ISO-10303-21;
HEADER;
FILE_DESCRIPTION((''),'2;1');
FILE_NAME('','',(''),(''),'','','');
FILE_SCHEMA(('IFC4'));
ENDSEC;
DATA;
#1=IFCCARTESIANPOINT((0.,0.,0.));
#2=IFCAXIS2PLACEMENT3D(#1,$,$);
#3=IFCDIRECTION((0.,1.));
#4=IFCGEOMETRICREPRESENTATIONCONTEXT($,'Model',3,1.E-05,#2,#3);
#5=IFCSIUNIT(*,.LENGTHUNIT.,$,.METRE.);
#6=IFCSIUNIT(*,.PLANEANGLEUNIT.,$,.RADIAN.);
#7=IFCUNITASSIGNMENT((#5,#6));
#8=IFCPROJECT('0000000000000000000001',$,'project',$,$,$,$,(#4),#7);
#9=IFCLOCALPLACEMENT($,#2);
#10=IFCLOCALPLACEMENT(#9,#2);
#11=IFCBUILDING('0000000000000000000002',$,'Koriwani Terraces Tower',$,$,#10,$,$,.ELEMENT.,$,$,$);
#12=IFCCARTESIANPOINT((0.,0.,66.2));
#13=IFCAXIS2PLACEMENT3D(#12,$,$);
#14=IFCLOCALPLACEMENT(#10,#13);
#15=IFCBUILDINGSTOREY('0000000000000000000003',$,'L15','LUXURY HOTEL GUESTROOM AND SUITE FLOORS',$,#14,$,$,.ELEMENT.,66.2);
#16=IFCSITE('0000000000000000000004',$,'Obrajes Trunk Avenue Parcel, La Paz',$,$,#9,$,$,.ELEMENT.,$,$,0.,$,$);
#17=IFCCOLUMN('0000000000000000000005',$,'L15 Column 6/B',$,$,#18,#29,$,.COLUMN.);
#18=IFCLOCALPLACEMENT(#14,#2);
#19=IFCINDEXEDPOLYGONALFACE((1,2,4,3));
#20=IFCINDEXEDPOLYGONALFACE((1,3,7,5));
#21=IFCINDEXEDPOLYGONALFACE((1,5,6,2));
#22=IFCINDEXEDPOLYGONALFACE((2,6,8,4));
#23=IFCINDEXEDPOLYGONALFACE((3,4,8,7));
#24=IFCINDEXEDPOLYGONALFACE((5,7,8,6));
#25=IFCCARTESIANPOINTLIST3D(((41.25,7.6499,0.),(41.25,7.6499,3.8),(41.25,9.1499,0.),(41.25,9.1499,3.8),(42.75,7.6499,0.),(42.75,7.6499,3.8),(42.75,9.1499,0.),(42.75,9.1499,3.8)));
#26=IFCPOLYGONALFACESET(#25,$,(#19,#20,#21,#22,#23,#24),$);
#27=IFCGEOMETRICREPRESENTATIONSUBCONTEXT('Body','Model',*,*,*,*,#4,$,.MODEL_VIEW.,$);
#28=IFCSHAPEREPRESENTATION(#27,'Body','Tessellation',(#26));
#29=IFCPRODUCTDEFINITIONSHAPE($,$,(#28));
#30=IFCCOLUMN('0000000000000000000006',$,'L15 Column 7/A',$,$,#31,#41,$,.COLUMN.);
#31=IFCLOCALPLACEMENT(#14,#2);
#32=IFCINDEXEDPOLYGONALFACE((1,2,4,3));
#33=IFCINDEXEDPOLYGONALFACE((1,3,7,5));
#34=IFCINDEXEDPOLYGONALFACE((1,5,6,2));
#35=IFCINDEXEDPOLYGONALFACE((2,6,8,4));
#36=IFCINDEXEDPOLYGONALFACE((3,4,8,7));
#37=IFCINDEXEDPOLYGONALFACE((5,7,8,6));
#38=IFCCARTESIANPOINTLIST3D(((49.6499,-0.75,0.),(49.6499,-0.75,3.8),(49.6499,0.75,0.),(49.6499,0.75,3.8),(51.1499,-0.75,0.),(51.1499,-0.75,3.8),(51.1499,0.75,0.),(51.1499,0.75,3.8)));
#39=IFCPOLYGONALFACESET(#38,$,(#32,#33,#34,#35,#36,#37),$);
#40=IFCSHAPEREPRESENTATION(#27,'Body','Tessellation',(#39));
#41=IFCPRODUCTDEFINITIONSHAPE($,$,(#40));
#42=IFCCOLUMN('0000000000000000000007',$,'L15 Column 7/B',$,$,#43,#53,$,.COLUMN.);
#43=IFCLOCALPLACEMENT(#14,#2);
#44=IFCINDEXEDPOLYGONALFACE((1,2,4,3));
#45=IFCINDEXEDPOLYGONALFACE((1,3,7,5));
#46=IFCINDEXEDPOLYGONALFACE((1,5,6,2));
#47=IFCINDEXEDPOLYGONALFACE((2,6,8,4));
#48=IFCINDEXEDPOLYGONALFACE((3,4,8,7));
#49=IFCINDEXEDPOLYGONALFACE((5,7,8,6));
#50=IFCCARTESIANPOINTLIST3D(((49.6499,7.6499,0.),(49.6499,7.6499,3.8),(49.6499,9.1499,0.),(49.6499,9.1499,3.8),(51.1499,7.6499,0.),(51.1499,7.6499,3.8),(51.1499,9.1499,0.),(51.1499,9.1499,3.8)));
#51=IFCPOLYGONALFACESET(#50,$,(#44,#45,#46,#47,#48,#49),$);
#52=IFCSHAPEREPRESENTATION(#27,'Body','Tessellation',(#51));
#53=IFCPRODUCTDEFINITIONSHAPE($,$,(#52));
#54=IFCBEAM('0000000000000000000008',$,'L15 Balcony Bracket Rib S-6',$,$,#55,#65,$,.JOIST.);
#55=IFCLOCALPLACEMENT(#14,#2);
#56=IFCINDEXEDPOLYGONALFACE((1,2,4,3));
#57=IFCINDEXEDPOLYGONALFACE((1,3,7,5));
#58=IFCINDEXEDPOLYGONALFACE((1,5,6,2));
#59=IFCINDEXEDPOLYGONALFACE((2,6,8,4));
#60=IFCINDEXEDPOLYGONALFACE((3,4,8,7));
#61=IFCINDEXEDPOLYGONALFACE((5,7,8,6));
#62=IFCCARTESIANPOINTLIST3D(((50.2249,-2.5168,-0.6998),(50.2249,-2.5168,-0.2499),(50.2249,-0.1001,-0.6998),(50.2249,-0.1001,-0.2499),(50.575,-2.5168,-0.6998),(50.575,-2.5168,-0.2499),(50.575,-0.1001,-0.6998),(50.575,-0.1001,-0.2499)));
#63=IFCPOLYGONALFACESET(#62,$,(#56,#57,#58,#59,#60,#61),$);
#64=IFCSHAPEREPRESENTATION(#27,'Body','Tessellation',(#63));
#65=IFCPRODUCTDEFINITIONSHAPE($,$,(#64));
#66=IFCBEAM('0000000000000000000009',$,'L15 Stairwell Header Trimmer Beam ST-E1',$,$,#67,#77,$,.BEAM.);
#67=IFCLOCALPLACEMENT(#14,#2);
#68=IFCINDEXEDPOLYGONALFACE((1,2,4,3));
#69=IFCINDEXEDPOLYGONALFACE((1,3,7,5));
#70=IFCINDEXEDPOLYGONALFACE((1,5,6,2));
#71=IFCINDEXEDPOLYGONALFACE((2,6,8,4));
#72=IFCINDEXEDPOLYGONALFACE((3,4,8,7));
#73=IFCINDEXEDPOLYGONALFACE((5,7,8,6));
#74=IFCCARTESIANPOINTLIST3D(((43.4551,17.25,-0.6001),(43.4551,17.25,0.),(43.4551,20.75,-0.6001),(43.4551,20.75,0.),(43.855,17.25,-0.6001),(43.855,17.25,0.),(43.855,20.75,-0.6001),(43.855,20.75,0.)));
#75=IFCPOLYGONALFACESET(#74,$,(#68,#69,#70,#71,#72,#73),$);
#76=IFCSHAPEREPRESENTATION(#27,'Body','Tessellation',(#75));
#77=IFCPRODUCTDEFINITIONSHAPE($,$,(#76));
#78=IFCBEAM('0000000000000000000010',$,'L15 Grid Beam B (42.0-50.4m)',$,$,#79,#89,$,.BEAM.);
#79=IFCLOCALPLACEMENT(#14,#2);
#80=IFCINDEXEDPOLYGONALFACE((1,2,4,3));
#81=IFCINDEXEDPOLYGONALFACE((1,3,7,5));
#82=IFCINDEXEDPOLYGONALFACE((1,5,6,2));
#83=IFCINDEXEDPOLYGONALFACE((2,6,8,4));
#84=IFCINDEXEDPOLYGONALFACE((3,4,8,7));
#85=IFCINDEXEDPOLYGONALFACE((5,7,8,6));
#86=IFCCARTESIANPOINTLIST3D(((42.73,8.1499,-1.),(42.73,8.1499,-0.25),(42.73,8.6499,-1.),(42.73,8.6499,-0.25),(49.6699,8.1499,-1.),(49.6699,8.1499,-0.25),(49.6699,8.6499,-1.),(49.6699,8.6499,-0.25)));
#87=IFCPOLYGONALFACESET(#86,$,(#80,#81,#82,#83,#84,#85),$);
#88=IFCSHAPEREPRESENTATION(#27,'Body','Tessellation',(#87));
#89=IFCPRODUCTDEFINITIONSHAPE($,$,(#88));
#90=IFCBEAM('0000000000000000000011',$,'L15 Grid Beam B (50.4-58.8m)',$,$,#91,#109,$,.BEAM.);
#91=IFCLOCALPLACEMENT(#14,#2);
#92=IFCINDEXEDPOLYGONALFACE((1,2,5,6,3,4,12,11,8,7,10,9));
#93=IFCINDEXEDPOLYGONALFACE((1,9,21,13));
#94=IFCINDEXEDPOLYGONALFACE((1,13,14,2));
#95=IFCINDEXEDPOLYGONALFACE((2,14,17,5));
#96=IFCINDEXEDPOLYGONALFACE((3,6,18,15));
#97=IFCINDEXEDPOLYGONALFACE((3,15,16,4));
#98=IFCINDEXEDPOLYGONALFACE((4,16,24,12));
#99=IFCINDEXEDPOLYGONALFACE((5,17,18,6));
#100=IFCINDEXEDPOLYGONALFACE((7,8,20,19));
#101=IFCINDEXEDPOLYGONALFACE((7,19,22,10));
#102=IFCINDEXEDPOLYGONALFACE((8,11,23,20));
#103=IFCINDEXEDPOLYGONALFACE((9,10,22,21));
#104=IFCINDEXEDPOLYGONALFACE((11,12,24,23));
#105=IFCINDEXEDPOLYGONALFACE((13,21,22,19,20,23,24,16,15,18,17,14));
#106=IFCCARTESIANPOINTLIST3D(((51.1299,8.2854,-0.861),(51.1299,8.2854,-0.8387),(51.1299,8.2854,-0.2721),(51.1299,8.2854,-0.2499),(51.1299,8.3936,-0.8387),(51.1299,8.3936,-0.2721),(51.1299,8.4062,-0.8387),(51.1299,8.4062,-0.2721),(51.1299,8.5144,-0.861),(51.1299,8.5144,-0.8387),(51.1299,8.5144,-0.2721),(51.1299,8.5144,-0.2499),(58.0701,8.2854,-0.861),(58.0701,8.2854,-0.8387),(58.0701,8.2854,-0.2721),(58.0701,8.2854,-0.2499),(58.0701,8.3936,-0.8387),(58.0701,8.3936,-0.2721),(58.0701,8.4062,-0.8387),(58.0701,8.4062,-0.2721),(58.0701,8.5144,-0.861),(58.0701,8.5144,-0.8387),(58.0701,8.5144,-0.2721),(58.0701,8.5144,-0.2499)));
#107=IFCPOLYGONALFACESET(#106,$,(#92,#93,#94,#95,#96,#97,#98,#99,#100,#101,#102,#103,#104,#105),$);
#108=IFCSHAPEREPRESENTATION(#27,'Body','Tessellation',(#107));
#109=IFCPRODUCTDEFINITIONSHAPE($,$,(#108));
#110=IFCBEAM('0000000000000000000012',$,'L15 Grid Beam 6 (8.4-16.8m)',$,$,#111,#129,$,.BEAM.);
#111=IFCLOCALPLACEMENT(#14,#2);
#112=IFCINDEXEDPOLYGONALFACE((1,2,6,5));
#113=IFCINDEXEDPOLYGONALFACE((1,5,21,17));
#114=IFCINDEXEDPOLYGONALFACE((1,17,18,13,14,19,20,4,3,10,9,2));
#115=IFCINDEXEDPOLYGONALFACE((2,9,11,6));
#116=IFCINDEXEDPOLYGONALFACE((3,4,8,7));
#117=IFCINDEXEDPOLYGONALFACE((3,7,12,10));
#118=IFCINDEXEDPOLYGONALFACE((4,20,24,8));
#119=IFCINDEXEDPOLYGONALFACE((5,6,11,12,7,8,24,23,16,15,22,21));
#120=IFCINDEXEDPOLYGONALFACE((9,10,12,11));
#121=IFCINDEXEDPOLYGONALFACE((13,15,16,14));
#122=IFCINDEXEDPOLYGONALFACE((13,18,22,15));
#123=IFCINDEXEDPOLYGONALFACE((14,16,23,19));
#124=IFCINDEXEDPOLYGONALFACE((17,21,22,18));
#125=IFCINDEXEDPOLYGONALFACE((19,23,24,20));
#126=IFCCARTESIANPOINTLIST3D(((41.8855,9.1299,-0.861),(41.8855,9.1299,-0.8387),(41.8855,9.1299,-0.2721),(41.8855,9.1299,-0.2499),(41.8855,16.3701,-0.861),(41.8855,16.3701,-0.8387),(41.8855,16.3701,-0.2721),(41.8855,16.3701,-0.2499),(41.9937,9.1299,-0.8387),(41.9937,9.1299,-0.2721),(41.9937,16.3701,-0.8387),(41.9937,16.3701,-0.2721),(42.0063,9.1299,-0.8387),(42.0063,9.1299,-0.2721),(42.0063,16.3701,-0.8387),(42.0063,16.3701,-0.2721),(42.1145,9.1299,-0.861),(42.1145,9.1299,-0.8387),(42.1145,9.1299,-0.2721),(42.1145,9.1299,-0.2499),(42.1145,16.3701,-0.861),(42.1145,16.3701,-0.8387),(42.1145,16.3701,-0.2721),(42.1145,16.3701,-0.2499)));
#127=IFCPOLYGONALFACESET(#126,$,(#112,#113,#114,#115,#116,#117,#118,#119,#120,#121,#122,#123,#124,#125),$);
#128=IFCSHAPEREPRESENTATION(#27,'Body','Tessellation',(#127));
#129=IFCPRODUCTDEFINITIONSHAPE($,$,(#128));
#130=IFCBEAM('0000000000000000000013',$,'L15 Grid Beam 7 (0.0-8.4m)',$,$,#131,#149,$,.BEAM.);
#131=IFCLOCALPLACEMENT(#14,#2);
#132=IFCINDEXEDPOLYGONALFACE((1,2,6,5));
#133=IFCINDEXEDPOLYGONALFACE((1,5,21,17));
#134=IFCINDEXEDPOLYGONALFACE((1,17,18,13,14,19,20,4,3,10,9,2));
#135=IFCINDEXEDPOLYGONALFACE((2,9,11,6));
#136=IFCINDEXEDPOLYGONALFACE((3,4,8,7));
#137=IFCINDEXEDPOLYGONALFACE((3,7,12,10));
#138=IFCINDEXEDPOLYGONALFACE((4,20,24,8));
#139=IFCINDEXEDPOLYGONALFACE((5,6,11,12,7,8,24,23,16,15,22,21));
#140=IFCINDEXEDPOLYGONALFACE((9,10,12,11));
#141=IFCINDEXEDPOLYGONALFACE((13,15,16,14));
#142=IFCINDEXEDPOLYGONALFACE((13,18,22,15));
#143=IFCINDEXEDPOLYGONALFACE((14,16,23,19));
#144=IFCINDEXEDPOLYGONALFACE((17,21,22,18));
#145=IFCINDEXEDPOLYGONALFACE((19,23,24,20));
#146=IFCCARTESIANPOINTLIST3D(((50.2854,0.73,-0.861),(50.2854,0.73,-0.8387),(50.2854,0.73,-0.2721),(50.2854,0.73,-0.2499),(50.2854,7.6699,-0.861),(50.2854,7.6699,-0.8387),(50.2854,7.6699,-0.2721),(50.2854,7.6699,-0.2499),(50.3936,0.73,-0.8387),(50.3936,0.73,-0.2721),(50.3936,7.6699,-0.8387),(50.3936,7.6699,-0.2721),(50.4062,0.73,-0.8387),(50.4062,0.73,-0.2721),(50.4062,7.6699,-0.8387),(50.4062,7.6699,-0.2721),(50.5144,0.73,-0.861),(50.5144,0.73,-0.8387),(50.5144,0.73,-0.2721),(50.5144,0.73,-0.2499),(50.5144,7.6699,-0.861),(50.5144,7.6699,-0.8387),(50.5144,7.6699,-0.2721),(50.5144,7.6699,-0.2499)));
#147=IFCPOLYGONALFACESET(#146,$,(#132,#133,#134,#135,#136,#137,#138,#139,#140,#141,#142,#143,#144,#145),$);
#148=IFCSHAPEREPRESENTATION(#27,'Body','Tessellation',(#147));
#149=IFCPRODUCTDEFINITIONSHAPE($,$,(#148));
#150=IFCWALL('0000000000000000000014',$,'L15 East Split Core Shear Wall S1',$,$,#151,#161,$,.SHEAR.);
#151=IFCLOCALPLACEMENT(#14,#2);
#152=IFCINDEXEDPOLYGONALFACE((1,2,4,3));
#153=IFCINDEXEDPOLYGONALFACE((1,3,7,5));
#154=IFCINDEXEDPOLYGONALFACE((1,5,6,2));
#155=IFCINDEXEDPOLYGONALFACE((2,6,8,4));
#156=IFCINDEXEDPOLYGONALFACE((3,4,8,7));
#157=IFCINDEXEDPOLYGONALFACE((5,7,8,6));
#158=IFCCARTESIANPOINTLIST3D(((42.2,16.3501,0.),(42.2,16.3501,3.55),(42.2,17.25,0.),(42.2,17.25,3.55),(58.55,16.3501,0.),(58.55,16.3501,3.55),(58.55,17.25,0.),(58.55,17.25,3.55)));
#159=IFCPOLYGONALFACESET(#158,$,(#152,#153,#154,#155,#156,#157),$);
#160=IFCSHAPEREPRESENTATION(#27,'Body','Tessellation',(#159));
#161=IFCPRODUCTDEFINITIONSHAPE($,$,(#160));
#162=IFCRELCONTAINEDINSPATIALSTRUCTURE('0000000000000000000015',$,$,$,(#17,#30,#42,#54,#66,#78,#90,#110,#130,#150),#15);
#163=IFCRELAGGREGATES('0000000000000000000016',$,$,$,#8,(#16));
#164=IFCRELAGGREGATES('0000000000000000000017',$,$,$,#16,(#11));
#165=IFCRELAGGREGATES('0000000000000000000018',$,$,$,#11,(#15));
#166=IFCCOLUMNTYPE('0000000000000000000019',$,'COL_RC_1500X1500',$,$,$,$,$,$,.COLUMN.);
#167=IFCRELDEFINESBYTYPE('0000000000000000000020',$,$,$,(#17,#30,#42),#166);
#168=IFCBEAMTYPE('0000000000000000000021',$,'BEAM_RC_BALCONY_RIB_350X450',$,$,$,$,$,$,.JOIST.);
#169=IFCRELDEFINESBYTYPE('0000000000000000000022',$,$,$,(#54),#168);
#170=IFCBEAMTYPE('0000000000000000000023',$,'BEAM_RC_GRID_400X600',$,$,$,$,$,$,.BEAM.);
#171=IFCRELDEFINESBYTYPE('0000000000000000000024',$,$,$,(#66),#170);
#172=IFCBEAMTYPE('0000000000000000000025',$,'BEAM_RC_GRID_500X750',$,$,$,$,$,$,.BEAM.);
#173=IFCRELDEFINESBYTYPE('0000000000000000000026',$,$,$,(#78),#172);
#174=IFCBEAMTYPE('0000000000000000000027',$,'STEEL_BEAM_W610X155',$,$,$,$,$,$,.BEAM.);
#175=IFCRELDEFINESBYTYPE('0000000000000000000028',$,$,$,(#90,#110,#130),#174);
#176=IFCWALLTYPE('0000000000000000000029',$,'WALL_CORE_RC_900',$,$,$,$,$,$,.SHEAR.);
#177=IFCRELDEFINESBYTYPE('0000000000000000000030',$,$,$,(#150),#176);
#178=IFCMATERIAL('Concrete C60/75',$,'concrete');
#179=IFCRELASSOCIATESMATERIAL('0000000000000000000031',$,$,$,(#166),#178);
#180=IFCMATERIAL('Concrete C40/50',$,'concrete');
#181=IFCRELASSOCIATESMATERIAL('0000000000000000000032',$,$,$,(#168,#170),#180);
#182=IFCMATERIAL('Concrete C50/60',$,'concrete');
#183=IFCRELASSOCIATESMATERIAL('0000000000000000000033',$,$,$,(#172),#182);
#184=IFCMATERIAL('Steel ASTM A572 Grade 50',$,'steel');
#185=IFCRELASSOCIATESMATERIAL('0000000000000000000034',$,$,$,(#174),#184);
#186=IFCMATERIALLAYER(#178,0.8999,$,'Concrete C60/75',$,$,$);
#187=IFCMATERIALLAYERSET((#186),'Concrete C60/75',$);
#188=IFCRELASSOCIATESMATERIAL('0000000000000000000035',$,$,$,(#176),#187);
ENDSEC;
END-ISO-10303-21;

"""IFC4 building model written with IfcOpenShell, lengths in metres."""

from ifc_helpers import new_model, si_unit, direction, frame, frame_2d, origin, origin_2d, place, context, subcontext, project, spatial, rectangle, i_section, extrude, material, layer, layer_set, material_profile, profile_set, type_object, element, save


model = new_model("IFC4")

# Units and contexts
model_context = context("Model", 3, precision=1e-05, world=origin(), true_north=direction((0.0, 1.0)))
body_context = subcontext(model_context, "Body", "Model", "MODEL_VIEW")
ifc_project = project(units=[si_unit("LENGTHUNIT", "METRE"), si_unit("PLANEANGLEUNIT", "RADIAN")], contexts=[model_context])

# Site, building, storey
site_placement = place(None, origin())
site = spatial("IfcSite", under=ifc_project, at=site_placement, Name="Obrajes Trunk Avenue Parcel, La Paz", CompositionType="ELEMENT", RefElevation=0.0)
building_placement = place(site_placement, origin())
building = spatial("IfcBuilding", under=site, at=building_placement, Name="Koriwani Terraces Tower", CompositionType="ELEMENT")
storey_placement = place(building_placement, frame((0.0, 0.0, 66.2)))
storey = spatial("IfcBuildingStorey", under=building, at=storey_placement, Name="L15", Description="LUXURY HOTEL GUESTROOM AND SUITE FLOORS", CompositionType="ELEMENT", Elevation=66.2)

# Columns
ifc_material_1 = material(Name="Concrete C60/75", Category="concrete")
ifc_material_profile_1 = material_profile(ifc_material_1, rectangle(XDim=1.5, YDim=1.5, at=origin_2d()), Name="Concrete C60/75", Category="LoadBearing")
ifc_profile_set_1 = profile_set([ifc_material_profile_1], Name="Concrete C60/75")
column_type = type_object("IfcColumnType", Name="COL_RC_1500X1500", PredefinedType="COLUMN", material=ifc_profile_set_1)
for number, where, z_axis, x_axis, name in (
    (1, (42.0, 8.3999, 0.0), (0.0, 0.0, 1.0), (1.0, 0.0, 0.0), "L15 Column 6/B"),
    (2, (50.3999, 0.0, 0.0), (0.0, 0.0, 1.0), (1.0, 0.0, 0.0), "L15 Column 7/A"),
    (3, (50.3999, 8.3999, 0.0), (0.0, 0.0, 1.0), (1.0, 0.0, 0.0), "L15 Column 7/B"),
):
    element("IfcColumn", number, at=place(storey_placement, frame(where, z_axis=z_axis, x_axis=x_axis)), inside=storey, type_object=column_type, Name=name, PredefinedType="COLUMN", context=body_context, shape_type="SweptSolid", body=[
        extrude(rectangle(XDim=1.5, YDim=1.5, at=origin_2d()), origin(), (0.0, 0.0, 1.0), 3.8),
    ])

# Beams
ifc_material_2 = material(Name="Concrete C40/50", Category="concrete")
ifc_material_profile_2 = material_profile(ifc_material_2, rectangle(XDim=0.3501, YDim=0.45, at=origin_2d()), Name="Concrete C40/50", Category="LoadBearing")
ifc_profile_set_2 = profile_set([ifc_material_profile_2], Name="Concrete C40/50")
beam_type_1 = type_object("IfcBeamType", Name="BEAM_RC_BALCONY_RIB_350X450", PredefinedType="JOIST", material=ifc_profile_set_2)
beam_1_placement = place(storey_placement, frame((50.3999, -2.5168, -0.4749), z_axis=(0.0, 1.0, 0.0), x_axis=(-1.0, 0.0, 0.0)))
element("IfcBeam", 4, at=beam_1_placement, inside=storey, type_object=beam_type_1, Name="L15 Balcony Bracket Rib S-6", PredefinedType="JOIST", context=body_context, shape_type="SweptSolid", body=[
    extrude(rectangle(XDim=0.3501, YDim=0.45, at=origin_2d()), origin(), (0.0, 0.0, 1.0), 2.4167),
])
ifc_material_profile_3 = material_profile(ifc_material_2, rectangle(XDim=0.3999, YDim=0.6001, at=origin_2d()), Name="Concrete C40/50", Category="LoadBearing")
ifc_profile_set_3 = profile_set([ifc_material_profile_3], Name="Concrete C40/50")
beam_type_2 = type_object("IfcBeamType", Name="BEAM_RC_GRID_400X600", PredefinedType="BEAM", material=ifc_profile_set_3)
beam_2_placement = place(storey_placement, frame((43.655, 17.25, -0.3), z_axis=(0.0, 1.0, 0.0), x_axis=(-1.0, 0.0, 0.0)))
element("IfcBeam", 5, at=beam_2_placement, inside=storey, type_object=beam_type_2, Name="L15 Stairwell Header Trimmer Beam ST-E1", PredefinedType="BEAM", context=body_context, shape_type="SweptSolid", body=[
    extrude(rectangle(XDim=0.3999, YDim=0.6001, at=origin_2d()), origin(), (0.0, 0.0, 1.0), 3.5),
])
ifc_material_3 = material(Name="Concrete C50/60", Category="concrete")
ifc_material_profile_4 = material_profile(ifc_material_3, rectangle(XDim=0.5, YDim=0.75, at=origin_2d()), Name="Concrete C50/60", Category="LoadBearing")
ifc_profile_set_4 = profile_set([ifc_material_profile_4], Name="Concrete C50/60")
beam_type_3 = type_object("IfcBeamType", Name="BEAM_RC_GRID_500X750", PredefinedType="BEAM", material=ifc_profile_set_4)
beam_3_placement = place(storey_placement, frame((42.73, 8.3999, -0.625), z_axis=(1.0, 0.0, 0.0), x_axis=(0.0, 1.0, 0.0)))
element("IfcBeam", 6, at=beam_3_placement, inside=storey, type_object=beam_type_3, Name="L15 Grid Beam B (42.0-50.4m)", PredefinedType="BEAM", context=body_context, shape_type="SweptSolid", body=[
    extrude(rectangle(XDim=0.5, YDim=0.75, at=origin_2d()), origin(), (0.0, 0.0, 1.0), 6.9399),
])
ifc_material_4 = material(Name="Steel ASTM A572 Grade 50", Category="steel")
ifc_material_profile_5 = material_profile(ifc_material_4, i_section(OverallWidth=0.229, OverallDepth=0.6111, WebThickness=0.0127, FlangeThickness=0.0222, at=origin_2d()), Name="Steel ASTM A572 Grade 50", Category="LoadBearing")
ifc_profile_set_5 = profile_set([ifc_material_profile_5], Name="Steel ASTM A572 Grade 50")
beam_type_4 = type_object("IfcBeamType", Name="STEEL_BEAM_W610X155", PredefinedType="BEAM", material=ifc_profile_set_5)
beam_4_placement = place(storey_placement, frame((51.1299, 8.3999, -0.5554), z_axis=(1.0, 0.0, 0.0), x_axis=(0.0, 1.0, 0.0)))
element("IfcBeam", 7, at=beam_4_placement, inside=storey, type_object=beam_type_4, Name="L15 Grid Beam B (50.4-58.8m)", PredefinedType="BEAM", context=body_context, shape_type="SweptSolid", body=[
    extrude(i_section(OverallWidth=0.229, OverallDepth=0.6111, WebThickness=0.0127, FlangeThickness=0.0222, at=origin_2d()), origin(), (0.0, 0.0, 1.0), 6.9402),
])
beam_5_placement = place(storey_placement, frame((42.0, 9.1299, -0.5554), z_axis=(0.0, 1.0, 0.0), x_axis=(-1.0, 0.0, 0.0)))
element("IfcBeam", 8, at=beam_5_placement, inside=storey, type_object=beam_type_4, Name="L15 Grid Beam 6 (8.4-16.8m)", PredefinedType="BEAM", context=body_context, shape_type="SweptSolid", body=[
    extrude(i_section(OverallWidth=0.229, OverallDepth=0.6111, WebThickness=0.0127, FlangeThickness=0.0222, at=origin_2d()), origin(), (0.0, 0.0, 1.0), 7.2402),
])
beam_6_placement = place(storey_placement, frame((50.3999, 0.73, -0.5554), z_axis=(0.0, 1.0, 0.0), x_axis=(-1.0, 0.0, 0.0)))
element("IfcBeam", 9, at=beam_6_placement, inside=storey, type_object=beam_type_4, Name="L15 Grid Beam 7 (0.0-8.4m)", PredefinedType="BEAM", context=body_context, shape_type="SweptSolid", body=[
    extrude(i_section(OverallWidth=0.229, OverallDepth=0.6111, WebThickness=0.0127, FlangeThickness=0.0222, at=origin_2d()), origin(), (0.0, 0.0, 1.0), 6.9399),
])

# Wall
ifc_layer_1 = layer(ifc_material_1, 0.8999, Name="Concrete C60/75")
ifc_layer_set_1 = layer_set([ifc_layer_1], Name="Concrete C60/75")
wall_type_1 = type_object("IfcWallType", Name="WALL_CORE_RC_900", PredefinedType="SHEAR", material=ifc_layer_set_1)
wall_1_placement = place(storey_placement, frame((42.2, 16.8, 0.0), z_axis=(0.0, 0.0, 1.0), x_axis=(1.0, 0.0, 0.0)))
element("IfcWall", 10, at=wall_1_placement, inside=storey, type_object=wall_type_1, Name="L15 East Split Core Shear Wall S1", PredefinedType="SHEAR", context=body_context, shape_type="SweptSolid", body=[
    extrude(rectangle(XDim=16.3501, YDim=0.8999, at=frame_2d((8.175, 0.0))), origin(), (0.0, 0.0, 1.0), 3.55),
])

save(model, "model.ifc")
